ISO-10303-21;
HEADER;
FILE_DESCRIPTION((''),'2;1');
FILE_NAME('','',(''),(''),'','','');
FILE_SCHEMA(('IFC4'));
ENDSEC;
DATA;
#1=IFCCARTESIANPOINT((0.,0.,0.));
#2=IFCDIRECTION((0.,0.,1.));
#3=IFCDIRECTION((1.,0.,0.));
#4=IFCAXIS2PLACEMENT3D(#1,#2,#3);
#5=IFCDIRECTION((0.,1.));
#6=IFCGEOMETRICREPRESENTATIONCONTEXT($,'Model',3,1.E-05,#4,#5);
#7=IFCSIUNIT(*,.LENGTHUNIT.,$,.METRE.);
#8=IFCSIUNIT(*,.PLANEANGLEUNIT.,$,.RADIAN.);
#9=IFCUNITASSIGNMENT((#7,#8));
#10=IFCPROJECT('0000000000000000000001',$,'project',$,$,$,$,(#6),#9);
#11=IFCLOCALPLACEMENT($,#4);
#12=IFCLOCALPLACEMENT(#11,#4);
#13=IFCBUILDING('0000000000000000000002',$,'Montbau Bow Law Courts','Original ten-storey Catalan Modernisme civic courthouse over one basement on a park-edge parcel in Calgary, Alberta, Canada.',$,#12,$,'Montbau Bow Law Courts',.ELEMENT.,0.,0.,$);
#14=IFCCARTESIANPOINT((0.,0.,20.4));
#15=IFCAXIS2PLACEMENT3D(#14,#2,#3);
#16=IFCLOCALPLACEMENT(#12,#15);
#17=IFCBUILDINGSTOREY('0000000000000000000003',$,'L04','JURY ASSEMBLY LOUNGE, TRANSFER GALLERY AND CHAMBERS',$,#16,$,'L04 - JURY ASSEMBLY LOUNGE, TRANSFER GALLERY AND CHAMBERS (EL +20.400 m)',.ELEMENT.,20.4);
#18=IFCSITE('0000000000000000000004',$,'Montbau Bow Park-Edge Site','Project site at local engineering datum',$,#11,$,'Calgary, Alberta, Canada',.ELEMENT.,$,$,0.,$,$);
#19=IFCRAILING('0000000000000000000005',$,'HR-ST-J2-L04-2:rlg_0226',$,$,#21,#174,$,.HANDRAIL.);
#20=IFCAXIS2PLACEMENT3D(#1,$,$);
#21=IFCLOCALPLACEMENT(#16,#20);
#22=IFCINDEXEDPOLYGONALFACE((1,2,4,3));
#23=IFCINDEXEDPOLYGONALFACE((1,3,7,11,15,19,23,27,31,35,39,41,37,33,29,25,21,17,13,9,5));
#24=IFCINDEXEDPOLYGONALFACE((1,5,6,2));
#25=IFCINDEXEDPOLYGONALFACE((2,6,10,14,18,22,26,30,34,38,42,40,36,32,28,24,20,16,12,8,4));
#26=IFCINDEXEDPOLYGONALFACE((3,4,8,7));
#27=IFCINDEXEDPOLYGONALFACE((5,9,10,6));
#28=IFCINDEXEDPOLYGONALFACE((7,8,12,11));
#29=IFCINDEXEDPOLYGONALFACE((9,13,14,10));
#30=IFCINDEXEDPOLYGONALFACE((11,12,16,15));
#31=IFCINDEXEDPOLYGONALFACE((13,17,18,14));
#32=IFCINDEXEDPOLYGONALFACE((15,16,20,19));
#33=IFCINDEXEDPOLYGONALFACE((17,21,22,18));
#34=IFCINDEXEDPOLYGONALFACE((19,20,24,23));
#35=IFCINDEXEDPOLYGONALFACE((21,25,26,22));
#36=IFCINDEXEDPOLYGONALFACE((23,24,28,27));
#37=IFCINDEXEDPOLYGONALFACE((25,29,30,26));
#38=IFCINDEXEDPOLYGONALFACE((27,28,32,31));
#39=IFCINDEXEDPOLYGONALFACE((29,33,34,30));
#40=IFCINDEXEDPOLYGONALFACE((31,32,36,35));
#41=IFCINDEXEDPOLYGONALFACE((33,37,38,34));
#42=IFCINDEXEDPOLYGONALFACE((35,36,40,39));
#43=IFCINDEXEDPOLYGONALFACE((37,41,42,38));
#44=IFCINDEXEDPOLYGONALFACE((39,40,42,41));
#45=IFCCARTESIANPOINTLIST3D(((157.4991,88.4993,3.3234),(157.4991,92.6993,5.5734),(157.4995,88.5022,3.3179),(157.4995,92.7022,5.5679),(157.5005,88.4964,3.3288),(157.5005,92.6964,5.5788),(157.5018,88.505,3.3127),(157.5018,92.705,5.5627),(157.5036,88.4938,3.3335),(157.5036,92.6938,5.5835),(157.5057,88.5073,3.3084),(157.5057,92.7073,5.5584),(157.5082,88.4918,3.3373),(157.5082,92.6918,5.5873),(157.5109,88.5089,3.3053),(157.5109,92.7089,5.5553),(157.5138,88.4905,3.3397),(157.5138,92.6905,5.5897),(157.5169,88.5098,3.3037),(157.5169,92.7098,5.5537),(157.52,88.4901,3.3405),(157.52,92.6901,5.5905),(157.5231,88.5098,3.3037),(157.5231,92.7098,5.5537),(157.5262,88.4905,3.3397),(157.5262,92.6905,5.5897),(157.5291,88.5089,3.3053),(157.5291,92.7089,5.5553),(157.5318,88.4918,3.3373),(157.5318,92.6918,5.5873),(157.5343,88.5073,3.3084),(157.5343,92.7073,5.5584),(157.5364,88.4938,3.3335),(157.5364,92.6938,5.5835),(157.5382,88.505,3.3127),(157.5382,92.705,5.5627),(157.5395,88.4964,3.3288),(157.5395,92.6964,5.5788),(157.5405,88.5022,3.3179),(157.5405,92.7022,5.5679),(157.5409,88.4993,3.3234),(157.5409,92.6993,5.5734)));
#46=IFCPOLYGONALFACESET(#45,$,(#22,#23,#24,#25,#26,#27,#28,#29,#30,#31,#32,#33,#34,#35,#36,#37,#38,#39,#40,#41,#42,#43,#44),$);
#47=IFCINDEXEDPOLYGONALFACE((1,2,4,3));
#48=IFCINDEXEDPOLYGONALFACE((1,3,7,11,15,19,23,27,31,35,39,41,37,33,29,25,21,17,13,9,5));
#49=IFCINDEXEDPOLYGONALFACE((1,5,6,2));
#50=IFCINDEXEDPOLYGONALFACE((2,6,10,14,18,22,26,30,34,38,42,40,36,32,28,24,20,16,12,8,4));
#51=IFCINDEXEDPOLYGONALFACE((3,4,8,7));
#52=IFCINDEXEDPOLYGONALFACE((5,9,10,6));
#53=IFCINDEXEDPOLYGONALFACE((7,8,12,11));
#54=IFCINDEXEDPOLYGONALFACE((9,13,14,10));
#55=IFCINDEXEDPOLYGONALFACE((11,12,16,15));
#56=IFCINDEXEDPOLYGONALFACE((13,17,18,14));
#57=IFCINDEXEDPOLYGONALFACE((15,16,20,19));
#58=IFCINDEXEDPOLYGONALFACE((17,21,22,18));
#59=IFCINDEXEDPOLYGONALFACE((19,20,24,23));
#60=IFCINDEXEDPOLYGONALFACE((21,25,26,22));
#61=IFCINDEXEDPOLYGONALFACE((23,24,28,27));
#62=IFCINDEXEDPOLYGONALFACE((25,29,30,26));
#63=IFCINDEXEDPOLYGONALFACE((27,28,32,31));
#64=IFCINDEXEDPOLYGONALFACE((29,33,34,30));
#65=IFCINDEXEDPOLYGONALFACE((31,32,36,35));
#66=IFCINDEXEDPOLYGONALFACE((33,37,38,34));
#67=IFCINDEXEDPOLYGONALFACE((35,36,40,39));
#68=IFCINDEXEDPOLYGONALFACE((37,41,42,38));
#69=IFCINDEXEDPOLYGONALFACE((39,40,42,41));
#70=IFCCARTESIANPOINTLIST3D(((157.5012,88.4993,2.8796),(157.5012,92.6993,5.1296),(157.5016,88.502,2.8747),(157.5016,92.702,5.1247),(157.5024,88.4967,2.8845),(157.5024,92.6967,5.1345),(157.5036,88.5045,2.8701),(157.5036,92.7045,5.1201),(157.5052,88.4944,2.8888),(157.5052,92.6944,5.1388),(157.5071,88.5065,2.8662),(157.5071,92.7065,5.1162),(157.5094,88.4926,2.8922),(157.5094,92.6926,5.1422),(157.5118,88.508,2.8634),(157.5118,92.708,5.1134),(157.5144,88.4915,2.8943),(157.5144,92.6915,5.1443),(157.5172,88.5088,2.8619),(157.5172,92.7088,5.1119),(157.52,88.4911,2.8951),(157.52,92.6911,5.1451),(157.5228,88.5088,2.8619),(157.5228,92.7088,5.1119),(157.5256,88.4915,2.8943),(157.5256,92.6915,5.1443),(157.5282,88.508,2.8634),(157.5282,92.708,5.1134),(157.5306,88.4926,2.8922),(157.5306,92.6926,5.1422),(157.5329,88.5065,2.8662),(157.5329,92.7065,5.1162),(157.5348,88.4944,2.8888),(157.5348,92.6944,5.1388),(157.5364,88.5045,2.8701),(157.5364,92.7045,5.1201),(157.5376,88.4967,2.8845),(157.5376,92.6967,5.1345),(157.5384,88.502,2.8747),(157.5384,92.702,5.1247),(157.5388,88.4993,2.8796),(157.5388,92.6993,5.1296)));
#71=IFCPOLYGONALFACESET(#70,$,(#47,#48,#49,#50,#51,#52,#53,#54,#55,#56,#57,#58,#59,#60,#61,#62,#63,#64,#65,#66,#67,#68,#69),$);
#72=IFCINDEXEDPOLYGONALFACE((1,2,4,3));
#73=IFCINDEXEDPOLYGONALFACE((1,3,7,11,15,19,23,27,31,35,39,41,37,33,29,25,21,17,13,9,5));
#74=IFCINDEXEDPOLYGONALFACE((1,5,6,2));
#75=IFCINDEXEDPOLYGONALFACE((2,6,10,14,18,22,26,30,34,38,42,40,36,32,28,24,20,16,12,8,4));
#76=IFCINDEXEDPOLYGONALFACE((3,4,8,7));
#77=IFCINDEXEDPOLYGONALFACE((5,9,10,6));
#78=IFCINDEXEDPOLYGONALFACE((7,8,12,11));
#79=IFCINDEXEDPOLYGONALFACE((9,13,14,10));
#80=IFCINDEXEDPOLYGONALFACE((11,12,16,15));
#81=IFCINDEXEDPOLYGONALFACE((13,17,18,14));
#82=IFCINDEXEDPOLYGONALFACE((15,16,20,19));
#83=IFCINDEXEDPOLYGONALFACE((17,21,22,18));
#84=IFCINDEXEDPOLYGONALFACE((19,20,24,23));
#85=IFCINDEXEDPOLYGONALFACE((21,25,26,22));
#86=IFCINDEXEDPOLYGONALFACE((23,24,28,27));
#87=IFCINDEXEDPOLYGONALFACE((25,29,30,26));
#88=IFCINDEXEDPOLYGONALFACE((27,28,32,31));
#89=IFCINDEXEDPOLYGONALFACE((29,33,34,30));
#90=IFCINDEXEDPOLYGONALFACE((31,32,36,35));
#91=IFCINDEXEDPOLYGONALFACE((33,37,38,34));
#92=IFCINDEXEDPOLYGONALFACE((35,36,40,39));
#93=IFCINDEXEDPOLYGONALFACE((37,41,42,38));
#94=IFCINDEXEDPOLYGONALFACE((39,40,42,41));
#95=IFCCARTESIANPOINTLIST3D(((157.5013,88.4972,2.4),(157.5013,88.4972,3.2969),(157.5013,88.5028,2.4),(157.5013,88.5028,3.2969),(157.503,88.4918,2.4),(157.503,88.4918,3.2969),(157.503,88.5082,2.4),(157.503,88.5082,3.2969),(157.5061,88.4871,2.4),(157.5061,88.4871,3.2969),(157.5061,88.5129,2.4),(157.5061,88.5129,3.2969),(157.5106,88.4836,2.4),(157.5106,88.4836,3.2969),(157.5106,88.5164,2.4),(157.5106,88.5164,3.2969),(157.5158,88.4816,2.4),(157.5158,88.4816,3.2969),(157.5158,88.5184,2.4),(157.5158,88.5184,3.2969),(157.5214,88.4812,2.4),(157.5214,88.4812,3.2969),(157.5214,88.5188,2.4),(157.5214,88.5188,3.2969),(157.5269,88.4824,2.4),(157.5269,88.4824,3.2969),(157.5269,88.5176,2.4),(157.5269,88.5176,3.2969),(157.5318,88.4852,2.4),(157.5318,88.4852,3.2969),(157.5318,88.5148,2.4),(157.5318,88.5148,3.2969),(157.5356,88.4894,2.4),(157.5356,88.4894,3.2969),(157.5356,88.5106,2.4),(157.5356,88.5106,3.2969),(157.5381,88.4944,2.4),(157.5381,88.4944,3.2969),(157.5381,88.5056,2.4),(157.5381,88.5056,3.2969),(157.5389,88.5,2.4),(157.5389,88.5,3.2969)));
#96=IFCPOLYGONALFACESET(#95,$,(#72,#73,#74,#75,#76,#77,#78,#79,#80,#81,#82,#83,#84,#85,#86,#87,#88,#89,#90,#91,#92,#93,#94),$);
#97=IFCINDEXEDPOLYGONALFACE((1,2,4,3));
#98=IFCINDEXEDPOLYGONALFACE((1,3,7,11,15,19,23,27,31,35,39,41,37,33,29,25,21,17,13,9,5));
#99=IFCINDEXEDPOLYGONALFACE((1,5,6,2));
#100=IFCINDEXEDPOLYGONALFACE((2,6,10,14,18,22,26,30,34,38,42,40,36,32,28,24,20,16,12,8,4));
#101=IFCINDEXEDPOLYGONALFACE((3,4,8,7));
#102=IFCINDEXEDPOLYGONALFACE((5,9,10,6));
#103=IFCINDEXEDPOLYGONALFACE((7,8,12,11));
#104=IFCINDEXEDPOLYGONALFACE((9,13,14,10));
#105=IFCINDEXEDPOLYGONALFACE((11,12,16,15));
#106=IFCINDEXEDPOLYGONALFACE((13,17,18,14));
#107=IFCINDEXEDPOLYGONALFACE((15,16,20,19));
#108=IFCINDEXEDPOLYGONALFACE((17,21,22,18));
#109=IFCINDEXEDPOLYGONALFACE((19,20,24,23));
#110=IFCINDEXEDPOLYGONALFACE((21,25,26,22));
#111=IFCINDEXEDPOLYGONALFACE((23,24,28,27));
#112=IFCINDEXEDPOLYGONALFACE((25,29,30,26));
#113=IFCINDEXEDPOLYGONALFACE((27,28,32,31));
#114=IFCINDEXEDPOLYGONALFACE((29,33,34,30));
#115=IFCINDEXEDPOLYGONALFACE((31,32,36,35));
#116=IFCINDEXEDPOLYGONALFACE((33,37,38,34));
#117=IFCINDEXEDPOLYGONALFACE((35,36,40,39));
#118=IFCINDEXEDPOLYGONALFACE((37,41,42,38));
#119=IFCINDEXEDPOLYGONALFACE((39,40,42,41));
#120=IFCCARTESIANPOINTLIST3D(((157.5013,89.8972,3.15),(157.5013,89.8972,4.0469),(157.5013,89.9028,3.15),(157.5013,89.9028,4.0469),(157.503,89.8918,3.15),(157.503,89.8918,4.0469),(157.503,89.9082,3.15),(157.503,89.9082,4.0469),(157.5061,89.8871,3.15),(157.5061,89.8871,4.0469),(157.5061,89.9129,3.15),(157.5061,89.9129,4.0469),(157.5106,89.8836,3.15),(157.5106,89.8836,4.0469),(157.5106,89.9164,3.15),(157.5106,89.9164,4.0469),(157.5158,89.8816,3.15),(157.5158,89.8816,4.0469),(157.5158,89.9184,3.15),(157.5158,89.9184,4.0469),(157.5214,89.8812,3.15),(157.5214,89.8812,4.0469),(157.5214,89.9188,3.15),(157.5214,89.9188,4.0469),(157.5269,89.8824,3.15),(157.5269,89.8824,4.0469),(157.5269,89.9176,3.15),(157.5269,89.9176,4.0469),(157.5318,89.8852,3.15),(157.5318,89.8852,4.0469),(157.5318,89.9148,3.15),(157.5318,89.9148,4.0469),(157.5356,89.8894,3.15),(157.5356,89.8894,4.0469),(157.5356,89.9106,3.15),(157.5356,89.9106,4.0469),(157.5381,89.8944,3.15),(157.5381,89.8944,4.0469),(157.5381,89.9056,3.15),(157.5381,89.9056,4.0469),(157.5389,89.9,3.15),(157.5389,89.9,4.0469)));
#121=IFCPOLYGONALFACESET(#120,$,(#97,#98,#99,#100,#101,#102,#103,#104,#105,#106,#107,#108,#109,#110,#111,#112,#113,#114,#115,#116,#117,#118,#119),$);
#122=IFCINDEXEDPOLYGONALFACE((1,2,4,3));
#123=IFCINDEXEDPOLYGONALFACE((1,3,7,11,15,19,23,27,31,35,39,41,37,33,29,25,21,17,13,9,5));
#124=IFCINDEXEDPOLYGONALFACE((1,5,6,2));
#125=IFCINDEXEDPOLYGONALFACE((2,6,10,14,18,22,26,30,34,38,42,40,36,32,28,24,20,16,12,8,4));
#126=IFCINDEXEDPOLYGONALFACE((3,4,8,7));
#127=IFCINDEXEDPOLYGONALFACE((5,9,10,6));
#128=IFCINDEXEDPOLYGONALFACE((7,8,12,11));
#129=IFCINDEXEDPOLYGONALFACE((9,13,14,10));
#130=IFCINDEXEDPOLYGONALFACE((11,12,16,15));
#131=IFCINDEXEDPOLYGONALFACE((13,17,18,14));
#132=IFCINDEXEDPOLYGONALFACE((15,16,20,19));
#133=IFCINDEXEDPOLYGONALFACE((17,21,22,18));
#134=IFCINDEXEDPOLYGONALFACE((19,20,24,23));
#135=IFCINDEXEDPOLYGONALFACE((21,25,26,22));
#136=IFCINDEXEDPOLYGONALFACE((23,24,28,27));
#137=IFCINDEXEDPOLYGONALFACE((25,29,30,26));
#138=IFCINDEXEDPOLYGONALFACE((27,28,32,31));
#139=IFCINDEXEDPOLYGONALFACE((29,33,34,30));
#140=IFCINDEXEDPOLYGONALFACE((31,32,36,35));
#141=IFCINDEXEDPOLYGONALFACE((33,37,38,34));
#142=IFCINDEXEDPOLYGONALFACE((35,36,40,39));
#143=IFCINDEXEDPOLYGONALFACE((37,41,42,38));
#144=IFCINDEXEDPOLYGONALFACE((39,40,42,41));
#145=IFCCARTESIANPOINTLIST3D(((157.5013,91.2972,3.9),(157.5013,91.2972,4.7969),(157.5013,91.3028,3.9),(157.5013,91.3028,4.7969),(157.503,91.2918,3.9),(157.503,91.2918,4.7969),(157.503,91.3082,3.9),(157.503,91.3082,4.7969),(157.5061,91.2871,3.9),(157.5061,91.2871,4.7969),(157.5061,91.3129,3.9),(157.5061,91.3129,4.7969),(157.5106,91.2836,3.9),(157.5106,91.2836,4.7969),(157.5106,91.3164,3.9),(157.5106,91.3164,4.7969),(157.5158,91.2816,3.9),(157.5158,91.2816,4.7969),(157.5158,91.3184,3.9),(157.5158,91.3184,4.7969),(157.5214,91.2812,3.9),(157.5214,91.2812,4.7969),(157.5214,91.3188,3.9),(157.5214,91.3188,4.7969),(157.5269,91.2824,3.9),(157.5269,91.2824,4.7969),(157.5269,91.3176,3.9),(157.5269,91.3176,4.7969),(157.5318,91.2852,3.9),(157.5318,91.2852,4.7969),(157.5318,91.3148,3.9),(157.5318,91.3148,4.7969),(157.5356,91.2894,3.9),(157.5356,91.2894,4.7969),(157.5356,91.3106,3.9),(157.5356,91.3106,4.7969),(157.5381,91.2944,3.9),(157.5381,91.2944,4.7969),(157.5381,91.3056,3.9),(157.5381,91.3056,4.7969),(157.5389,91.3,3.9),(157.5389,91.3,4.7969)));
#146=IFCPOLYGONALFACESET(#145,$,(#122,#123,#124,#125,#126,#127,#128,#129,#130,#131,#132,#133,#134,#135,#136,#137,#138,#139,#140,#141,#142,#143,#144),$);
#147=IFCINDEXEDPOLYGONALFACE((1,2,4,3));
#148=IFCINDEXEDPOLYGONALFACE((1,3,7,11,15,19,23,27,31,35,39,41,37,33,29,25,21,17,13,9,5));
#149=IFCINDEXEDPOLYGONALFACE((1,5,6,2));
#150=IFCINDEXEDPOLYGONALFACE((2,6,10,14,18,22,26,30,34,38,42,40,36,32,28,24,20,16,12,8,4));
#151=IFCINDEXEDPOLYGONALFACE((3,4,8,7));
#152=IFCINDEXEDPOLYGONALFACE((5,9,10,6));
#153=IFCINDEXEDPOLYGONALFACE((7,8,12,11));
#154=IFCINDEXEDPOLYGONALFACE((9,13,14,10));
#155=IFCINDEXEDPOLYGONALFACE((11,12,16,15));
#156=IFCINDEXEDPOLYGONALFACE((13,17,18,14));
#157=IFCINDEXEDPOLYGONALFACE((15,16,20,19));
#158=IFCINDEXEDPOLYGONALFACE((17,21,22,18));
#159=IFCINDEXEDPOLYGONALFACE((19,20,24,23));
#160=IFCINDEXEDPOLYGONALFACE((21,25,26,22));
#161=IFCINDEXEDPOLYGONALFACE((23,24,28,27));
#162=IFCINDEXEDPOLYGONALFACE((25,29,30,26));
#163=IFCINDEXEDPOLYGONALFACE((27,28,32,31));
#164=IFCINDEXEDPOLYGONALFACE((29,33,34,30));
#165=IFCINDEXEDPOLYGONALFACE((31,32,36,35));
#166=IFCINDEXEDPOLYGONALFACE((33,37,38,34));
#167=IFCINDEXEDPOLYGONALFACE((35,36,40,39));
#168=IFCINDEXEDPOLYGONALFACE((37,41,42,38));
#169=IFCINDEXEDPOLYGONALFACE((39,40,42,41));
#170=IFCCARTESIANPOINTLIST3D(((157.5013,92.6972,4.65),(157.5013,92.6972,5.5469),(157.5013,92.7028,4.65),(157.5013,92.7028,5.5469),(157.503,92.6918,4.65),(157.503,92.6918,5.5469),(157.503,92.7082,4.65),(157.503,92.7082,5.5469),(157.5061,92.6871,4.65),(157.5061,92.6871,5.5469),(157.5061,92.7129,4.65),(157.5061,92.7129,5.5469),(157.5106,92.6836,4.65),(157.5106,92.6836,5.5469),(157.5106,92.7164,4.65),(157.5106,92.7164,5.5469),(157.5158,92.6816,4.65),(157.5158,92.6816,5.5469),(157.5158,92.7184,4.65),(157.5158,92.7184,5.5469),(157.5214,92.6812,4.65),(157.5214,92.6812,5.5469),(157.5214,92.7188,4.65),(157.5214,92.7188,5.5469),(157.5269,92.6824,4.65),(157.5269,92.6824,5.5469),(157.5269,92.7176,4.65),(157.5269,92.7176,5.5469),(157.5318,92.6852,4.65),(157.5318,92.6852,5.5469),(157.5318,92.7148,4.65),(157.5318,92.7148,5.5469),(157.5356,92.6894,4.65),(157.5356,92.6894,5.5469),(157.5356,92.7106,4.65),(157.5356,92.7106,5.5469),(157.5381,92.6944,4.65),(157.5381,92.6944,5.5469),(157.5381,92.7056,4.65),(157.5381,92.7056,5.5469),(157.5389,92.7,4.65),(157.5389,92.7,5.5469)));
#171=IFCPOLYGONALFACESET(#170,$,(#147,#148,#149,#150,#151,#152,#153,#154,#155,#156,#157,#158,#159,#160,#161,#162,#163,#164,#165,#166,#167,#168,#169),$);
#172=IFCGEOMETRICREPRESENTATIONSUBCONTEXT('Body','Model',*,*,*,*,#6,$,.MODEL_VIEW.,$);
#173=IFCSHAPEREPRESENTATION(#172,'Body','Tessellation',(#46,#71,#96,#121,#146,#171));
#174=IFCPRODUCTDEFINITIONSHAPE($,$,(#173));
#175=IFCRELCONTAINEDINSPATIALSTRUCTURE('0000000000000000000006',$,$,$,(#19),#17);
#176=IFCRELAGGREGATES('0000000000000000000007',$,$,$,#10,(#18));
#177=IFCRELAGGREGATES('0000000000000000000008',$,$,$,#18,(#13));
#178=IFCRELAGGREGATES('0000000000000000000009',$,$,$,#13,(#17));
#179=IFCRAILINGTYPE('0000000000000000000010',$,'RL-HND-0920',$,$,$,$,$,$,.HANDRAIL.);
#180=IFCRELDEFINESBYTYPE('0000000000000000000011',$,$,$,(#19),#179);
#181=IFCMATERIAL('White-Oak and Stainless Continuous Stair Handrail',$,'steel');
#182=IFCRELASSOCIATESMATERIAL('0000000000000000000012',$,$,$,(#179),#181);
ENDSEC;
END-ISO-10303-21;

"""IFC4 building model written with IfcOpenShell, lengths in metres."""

from ifc_helpers import new_model, si_unit, direction, frame, origin_with_axes, origin_2d_with_axis, place, context, subcontext, project, spatial, circle, extrude, material, type_object, element, save


model = new_model("IFC4")

# Units and contexts
model_context = context("Model", 3, precision=1e-05, world=origin_with_axes(), true_north=direction((0.0, 1.0)))
body_context = subcontext(model_context, "Body", "Model", "MODEL_VIEW")
ifc_project = project(units=[si_unit("LENGTHUNIT", "METRE"), si_unit("PLANEANGLEUNIT", "RADIAN")], contexts=[model_context])

# Site, building, storey
site_placement = place(None, origin_with_axes())
site = spatial("IfcSite", under=ifc_project, at=site_placement, Name="Montbau Bow Park-Edge Site", Description="Project site at local engineering datum", LongName="Calgary, Alberta, Canada", CompositionType="ELEMENT", RefElevation=0.0)
building_placement = place(site_placement, origin_with_axes())
building = spatial("IfcBuilding", under=site, at=building_placement, Name="Montbau Bow Law Courts", Description="Original ten-storey Catalan Modernisme civic courthouse over one basement on a park-edge parcel in Calgary, Alberta, Canada.", LongName="Montbau Bow Law Courts", CompositionType="ELEMENT", ElevationOfRefHeight=0.0, ElevationOfTerrain=0.0)
storey_placement = place(building_placement, frame((0.0, 0.0, 20.4), z_axis=(0.0, 0.0, 1.0), x_axis=(1.0, 0.0, 0.0)))
storey = spatial("IfcBuildingStorey", under=building, at=storey_placement, Name="L04", Description="JURY ASSEMBLY LOUNGE, TRANSFER GALLERY AND CHAMBERS", LongName="L04 - JURY ASSEMBLY LOUNGE, TRANSFER GALLERY AND CHAMBERS (EL +20.400 m)", CompositionType="ELEMENT", Elevation=20.4)

# Railing
ifc_material_1 = material(Name="White-Oak and Stainless Continuous Stair Handrail", Category="steel")
railing_type_1 = type_object("IfcRailingType", Name="RL-HND-0920", PredefinedType="HANDRAIL", material=ifc_material_1)
railing_1_placement = place(None, origin_with_axes())
element("IfcRailing", 1, at=railing_1_placement, inside=storey, type_object=railing_type_1, Name="HR-ST-J2-L04-2:rlg_0226", PredefinedType="HANDRAIL", context=body_context, shape_type="SweptSolid", body=[
    extrude(circle(Radius=0.021, at=origin_2d_with_axis()), frame((157.52, 88.5, 23.722), z_axis=(0.0, 0.88148, 0.472221), x_axis=(0.0, -0.472221, 0.88148)), (0.0, 0.0, 1.0), 4.7647),
    extrude(circle(Radius=0.0189, at=origin_2d_with_axis()), frame((157.52, 88.5, 23.2784), z_axis=(0.0, 0.88148, 0.472221), x_axis=(0.0, -0.472221, 0.88148)), (0.0, 0.0, 1.0), 4.7647),
    extrude(circle(Radius=0.0189, at=origin_2d_with_axis()), frame((157.52, 88.5, 22.8), z_axis=(0.0, 0.0, 1.0), x_axis=(1.0, 0.0, 0.0)), (0.0, 0.0, 1.0), 0.8969),
    extrude(circle(Radius=0.0189, at=origin_2d_with_axis()), frame((157.52, 89.9, 23.55), z_axis=(0.0, 0.0, 1.0), x_axis=(1.0, 0.0, 0.0)), (0.0, 0.0, 1.0), 0.8969),
    extrude(circle(Radius=0.0189, at=origin_2d_with_axis()), frame((157.52, 91.3, 24.3), z_axis=(0.0, 0.0, 1.0), x_axis=(1.0, 0.0, 0.0)), (0.0, 0.0, 1.0), 0.8969),
    extrude(circle(Radius=0.0189, at=origin_2d_with_axis()), frame((157.52, 92.7, 25.05), z_axis=(0.0, 0.0, 1.0), x_axis=(1.0, 0.0, 0.0)), (0.0, 0.0, 1.0), 0.8969),
])

save(model, "model.ifc")
